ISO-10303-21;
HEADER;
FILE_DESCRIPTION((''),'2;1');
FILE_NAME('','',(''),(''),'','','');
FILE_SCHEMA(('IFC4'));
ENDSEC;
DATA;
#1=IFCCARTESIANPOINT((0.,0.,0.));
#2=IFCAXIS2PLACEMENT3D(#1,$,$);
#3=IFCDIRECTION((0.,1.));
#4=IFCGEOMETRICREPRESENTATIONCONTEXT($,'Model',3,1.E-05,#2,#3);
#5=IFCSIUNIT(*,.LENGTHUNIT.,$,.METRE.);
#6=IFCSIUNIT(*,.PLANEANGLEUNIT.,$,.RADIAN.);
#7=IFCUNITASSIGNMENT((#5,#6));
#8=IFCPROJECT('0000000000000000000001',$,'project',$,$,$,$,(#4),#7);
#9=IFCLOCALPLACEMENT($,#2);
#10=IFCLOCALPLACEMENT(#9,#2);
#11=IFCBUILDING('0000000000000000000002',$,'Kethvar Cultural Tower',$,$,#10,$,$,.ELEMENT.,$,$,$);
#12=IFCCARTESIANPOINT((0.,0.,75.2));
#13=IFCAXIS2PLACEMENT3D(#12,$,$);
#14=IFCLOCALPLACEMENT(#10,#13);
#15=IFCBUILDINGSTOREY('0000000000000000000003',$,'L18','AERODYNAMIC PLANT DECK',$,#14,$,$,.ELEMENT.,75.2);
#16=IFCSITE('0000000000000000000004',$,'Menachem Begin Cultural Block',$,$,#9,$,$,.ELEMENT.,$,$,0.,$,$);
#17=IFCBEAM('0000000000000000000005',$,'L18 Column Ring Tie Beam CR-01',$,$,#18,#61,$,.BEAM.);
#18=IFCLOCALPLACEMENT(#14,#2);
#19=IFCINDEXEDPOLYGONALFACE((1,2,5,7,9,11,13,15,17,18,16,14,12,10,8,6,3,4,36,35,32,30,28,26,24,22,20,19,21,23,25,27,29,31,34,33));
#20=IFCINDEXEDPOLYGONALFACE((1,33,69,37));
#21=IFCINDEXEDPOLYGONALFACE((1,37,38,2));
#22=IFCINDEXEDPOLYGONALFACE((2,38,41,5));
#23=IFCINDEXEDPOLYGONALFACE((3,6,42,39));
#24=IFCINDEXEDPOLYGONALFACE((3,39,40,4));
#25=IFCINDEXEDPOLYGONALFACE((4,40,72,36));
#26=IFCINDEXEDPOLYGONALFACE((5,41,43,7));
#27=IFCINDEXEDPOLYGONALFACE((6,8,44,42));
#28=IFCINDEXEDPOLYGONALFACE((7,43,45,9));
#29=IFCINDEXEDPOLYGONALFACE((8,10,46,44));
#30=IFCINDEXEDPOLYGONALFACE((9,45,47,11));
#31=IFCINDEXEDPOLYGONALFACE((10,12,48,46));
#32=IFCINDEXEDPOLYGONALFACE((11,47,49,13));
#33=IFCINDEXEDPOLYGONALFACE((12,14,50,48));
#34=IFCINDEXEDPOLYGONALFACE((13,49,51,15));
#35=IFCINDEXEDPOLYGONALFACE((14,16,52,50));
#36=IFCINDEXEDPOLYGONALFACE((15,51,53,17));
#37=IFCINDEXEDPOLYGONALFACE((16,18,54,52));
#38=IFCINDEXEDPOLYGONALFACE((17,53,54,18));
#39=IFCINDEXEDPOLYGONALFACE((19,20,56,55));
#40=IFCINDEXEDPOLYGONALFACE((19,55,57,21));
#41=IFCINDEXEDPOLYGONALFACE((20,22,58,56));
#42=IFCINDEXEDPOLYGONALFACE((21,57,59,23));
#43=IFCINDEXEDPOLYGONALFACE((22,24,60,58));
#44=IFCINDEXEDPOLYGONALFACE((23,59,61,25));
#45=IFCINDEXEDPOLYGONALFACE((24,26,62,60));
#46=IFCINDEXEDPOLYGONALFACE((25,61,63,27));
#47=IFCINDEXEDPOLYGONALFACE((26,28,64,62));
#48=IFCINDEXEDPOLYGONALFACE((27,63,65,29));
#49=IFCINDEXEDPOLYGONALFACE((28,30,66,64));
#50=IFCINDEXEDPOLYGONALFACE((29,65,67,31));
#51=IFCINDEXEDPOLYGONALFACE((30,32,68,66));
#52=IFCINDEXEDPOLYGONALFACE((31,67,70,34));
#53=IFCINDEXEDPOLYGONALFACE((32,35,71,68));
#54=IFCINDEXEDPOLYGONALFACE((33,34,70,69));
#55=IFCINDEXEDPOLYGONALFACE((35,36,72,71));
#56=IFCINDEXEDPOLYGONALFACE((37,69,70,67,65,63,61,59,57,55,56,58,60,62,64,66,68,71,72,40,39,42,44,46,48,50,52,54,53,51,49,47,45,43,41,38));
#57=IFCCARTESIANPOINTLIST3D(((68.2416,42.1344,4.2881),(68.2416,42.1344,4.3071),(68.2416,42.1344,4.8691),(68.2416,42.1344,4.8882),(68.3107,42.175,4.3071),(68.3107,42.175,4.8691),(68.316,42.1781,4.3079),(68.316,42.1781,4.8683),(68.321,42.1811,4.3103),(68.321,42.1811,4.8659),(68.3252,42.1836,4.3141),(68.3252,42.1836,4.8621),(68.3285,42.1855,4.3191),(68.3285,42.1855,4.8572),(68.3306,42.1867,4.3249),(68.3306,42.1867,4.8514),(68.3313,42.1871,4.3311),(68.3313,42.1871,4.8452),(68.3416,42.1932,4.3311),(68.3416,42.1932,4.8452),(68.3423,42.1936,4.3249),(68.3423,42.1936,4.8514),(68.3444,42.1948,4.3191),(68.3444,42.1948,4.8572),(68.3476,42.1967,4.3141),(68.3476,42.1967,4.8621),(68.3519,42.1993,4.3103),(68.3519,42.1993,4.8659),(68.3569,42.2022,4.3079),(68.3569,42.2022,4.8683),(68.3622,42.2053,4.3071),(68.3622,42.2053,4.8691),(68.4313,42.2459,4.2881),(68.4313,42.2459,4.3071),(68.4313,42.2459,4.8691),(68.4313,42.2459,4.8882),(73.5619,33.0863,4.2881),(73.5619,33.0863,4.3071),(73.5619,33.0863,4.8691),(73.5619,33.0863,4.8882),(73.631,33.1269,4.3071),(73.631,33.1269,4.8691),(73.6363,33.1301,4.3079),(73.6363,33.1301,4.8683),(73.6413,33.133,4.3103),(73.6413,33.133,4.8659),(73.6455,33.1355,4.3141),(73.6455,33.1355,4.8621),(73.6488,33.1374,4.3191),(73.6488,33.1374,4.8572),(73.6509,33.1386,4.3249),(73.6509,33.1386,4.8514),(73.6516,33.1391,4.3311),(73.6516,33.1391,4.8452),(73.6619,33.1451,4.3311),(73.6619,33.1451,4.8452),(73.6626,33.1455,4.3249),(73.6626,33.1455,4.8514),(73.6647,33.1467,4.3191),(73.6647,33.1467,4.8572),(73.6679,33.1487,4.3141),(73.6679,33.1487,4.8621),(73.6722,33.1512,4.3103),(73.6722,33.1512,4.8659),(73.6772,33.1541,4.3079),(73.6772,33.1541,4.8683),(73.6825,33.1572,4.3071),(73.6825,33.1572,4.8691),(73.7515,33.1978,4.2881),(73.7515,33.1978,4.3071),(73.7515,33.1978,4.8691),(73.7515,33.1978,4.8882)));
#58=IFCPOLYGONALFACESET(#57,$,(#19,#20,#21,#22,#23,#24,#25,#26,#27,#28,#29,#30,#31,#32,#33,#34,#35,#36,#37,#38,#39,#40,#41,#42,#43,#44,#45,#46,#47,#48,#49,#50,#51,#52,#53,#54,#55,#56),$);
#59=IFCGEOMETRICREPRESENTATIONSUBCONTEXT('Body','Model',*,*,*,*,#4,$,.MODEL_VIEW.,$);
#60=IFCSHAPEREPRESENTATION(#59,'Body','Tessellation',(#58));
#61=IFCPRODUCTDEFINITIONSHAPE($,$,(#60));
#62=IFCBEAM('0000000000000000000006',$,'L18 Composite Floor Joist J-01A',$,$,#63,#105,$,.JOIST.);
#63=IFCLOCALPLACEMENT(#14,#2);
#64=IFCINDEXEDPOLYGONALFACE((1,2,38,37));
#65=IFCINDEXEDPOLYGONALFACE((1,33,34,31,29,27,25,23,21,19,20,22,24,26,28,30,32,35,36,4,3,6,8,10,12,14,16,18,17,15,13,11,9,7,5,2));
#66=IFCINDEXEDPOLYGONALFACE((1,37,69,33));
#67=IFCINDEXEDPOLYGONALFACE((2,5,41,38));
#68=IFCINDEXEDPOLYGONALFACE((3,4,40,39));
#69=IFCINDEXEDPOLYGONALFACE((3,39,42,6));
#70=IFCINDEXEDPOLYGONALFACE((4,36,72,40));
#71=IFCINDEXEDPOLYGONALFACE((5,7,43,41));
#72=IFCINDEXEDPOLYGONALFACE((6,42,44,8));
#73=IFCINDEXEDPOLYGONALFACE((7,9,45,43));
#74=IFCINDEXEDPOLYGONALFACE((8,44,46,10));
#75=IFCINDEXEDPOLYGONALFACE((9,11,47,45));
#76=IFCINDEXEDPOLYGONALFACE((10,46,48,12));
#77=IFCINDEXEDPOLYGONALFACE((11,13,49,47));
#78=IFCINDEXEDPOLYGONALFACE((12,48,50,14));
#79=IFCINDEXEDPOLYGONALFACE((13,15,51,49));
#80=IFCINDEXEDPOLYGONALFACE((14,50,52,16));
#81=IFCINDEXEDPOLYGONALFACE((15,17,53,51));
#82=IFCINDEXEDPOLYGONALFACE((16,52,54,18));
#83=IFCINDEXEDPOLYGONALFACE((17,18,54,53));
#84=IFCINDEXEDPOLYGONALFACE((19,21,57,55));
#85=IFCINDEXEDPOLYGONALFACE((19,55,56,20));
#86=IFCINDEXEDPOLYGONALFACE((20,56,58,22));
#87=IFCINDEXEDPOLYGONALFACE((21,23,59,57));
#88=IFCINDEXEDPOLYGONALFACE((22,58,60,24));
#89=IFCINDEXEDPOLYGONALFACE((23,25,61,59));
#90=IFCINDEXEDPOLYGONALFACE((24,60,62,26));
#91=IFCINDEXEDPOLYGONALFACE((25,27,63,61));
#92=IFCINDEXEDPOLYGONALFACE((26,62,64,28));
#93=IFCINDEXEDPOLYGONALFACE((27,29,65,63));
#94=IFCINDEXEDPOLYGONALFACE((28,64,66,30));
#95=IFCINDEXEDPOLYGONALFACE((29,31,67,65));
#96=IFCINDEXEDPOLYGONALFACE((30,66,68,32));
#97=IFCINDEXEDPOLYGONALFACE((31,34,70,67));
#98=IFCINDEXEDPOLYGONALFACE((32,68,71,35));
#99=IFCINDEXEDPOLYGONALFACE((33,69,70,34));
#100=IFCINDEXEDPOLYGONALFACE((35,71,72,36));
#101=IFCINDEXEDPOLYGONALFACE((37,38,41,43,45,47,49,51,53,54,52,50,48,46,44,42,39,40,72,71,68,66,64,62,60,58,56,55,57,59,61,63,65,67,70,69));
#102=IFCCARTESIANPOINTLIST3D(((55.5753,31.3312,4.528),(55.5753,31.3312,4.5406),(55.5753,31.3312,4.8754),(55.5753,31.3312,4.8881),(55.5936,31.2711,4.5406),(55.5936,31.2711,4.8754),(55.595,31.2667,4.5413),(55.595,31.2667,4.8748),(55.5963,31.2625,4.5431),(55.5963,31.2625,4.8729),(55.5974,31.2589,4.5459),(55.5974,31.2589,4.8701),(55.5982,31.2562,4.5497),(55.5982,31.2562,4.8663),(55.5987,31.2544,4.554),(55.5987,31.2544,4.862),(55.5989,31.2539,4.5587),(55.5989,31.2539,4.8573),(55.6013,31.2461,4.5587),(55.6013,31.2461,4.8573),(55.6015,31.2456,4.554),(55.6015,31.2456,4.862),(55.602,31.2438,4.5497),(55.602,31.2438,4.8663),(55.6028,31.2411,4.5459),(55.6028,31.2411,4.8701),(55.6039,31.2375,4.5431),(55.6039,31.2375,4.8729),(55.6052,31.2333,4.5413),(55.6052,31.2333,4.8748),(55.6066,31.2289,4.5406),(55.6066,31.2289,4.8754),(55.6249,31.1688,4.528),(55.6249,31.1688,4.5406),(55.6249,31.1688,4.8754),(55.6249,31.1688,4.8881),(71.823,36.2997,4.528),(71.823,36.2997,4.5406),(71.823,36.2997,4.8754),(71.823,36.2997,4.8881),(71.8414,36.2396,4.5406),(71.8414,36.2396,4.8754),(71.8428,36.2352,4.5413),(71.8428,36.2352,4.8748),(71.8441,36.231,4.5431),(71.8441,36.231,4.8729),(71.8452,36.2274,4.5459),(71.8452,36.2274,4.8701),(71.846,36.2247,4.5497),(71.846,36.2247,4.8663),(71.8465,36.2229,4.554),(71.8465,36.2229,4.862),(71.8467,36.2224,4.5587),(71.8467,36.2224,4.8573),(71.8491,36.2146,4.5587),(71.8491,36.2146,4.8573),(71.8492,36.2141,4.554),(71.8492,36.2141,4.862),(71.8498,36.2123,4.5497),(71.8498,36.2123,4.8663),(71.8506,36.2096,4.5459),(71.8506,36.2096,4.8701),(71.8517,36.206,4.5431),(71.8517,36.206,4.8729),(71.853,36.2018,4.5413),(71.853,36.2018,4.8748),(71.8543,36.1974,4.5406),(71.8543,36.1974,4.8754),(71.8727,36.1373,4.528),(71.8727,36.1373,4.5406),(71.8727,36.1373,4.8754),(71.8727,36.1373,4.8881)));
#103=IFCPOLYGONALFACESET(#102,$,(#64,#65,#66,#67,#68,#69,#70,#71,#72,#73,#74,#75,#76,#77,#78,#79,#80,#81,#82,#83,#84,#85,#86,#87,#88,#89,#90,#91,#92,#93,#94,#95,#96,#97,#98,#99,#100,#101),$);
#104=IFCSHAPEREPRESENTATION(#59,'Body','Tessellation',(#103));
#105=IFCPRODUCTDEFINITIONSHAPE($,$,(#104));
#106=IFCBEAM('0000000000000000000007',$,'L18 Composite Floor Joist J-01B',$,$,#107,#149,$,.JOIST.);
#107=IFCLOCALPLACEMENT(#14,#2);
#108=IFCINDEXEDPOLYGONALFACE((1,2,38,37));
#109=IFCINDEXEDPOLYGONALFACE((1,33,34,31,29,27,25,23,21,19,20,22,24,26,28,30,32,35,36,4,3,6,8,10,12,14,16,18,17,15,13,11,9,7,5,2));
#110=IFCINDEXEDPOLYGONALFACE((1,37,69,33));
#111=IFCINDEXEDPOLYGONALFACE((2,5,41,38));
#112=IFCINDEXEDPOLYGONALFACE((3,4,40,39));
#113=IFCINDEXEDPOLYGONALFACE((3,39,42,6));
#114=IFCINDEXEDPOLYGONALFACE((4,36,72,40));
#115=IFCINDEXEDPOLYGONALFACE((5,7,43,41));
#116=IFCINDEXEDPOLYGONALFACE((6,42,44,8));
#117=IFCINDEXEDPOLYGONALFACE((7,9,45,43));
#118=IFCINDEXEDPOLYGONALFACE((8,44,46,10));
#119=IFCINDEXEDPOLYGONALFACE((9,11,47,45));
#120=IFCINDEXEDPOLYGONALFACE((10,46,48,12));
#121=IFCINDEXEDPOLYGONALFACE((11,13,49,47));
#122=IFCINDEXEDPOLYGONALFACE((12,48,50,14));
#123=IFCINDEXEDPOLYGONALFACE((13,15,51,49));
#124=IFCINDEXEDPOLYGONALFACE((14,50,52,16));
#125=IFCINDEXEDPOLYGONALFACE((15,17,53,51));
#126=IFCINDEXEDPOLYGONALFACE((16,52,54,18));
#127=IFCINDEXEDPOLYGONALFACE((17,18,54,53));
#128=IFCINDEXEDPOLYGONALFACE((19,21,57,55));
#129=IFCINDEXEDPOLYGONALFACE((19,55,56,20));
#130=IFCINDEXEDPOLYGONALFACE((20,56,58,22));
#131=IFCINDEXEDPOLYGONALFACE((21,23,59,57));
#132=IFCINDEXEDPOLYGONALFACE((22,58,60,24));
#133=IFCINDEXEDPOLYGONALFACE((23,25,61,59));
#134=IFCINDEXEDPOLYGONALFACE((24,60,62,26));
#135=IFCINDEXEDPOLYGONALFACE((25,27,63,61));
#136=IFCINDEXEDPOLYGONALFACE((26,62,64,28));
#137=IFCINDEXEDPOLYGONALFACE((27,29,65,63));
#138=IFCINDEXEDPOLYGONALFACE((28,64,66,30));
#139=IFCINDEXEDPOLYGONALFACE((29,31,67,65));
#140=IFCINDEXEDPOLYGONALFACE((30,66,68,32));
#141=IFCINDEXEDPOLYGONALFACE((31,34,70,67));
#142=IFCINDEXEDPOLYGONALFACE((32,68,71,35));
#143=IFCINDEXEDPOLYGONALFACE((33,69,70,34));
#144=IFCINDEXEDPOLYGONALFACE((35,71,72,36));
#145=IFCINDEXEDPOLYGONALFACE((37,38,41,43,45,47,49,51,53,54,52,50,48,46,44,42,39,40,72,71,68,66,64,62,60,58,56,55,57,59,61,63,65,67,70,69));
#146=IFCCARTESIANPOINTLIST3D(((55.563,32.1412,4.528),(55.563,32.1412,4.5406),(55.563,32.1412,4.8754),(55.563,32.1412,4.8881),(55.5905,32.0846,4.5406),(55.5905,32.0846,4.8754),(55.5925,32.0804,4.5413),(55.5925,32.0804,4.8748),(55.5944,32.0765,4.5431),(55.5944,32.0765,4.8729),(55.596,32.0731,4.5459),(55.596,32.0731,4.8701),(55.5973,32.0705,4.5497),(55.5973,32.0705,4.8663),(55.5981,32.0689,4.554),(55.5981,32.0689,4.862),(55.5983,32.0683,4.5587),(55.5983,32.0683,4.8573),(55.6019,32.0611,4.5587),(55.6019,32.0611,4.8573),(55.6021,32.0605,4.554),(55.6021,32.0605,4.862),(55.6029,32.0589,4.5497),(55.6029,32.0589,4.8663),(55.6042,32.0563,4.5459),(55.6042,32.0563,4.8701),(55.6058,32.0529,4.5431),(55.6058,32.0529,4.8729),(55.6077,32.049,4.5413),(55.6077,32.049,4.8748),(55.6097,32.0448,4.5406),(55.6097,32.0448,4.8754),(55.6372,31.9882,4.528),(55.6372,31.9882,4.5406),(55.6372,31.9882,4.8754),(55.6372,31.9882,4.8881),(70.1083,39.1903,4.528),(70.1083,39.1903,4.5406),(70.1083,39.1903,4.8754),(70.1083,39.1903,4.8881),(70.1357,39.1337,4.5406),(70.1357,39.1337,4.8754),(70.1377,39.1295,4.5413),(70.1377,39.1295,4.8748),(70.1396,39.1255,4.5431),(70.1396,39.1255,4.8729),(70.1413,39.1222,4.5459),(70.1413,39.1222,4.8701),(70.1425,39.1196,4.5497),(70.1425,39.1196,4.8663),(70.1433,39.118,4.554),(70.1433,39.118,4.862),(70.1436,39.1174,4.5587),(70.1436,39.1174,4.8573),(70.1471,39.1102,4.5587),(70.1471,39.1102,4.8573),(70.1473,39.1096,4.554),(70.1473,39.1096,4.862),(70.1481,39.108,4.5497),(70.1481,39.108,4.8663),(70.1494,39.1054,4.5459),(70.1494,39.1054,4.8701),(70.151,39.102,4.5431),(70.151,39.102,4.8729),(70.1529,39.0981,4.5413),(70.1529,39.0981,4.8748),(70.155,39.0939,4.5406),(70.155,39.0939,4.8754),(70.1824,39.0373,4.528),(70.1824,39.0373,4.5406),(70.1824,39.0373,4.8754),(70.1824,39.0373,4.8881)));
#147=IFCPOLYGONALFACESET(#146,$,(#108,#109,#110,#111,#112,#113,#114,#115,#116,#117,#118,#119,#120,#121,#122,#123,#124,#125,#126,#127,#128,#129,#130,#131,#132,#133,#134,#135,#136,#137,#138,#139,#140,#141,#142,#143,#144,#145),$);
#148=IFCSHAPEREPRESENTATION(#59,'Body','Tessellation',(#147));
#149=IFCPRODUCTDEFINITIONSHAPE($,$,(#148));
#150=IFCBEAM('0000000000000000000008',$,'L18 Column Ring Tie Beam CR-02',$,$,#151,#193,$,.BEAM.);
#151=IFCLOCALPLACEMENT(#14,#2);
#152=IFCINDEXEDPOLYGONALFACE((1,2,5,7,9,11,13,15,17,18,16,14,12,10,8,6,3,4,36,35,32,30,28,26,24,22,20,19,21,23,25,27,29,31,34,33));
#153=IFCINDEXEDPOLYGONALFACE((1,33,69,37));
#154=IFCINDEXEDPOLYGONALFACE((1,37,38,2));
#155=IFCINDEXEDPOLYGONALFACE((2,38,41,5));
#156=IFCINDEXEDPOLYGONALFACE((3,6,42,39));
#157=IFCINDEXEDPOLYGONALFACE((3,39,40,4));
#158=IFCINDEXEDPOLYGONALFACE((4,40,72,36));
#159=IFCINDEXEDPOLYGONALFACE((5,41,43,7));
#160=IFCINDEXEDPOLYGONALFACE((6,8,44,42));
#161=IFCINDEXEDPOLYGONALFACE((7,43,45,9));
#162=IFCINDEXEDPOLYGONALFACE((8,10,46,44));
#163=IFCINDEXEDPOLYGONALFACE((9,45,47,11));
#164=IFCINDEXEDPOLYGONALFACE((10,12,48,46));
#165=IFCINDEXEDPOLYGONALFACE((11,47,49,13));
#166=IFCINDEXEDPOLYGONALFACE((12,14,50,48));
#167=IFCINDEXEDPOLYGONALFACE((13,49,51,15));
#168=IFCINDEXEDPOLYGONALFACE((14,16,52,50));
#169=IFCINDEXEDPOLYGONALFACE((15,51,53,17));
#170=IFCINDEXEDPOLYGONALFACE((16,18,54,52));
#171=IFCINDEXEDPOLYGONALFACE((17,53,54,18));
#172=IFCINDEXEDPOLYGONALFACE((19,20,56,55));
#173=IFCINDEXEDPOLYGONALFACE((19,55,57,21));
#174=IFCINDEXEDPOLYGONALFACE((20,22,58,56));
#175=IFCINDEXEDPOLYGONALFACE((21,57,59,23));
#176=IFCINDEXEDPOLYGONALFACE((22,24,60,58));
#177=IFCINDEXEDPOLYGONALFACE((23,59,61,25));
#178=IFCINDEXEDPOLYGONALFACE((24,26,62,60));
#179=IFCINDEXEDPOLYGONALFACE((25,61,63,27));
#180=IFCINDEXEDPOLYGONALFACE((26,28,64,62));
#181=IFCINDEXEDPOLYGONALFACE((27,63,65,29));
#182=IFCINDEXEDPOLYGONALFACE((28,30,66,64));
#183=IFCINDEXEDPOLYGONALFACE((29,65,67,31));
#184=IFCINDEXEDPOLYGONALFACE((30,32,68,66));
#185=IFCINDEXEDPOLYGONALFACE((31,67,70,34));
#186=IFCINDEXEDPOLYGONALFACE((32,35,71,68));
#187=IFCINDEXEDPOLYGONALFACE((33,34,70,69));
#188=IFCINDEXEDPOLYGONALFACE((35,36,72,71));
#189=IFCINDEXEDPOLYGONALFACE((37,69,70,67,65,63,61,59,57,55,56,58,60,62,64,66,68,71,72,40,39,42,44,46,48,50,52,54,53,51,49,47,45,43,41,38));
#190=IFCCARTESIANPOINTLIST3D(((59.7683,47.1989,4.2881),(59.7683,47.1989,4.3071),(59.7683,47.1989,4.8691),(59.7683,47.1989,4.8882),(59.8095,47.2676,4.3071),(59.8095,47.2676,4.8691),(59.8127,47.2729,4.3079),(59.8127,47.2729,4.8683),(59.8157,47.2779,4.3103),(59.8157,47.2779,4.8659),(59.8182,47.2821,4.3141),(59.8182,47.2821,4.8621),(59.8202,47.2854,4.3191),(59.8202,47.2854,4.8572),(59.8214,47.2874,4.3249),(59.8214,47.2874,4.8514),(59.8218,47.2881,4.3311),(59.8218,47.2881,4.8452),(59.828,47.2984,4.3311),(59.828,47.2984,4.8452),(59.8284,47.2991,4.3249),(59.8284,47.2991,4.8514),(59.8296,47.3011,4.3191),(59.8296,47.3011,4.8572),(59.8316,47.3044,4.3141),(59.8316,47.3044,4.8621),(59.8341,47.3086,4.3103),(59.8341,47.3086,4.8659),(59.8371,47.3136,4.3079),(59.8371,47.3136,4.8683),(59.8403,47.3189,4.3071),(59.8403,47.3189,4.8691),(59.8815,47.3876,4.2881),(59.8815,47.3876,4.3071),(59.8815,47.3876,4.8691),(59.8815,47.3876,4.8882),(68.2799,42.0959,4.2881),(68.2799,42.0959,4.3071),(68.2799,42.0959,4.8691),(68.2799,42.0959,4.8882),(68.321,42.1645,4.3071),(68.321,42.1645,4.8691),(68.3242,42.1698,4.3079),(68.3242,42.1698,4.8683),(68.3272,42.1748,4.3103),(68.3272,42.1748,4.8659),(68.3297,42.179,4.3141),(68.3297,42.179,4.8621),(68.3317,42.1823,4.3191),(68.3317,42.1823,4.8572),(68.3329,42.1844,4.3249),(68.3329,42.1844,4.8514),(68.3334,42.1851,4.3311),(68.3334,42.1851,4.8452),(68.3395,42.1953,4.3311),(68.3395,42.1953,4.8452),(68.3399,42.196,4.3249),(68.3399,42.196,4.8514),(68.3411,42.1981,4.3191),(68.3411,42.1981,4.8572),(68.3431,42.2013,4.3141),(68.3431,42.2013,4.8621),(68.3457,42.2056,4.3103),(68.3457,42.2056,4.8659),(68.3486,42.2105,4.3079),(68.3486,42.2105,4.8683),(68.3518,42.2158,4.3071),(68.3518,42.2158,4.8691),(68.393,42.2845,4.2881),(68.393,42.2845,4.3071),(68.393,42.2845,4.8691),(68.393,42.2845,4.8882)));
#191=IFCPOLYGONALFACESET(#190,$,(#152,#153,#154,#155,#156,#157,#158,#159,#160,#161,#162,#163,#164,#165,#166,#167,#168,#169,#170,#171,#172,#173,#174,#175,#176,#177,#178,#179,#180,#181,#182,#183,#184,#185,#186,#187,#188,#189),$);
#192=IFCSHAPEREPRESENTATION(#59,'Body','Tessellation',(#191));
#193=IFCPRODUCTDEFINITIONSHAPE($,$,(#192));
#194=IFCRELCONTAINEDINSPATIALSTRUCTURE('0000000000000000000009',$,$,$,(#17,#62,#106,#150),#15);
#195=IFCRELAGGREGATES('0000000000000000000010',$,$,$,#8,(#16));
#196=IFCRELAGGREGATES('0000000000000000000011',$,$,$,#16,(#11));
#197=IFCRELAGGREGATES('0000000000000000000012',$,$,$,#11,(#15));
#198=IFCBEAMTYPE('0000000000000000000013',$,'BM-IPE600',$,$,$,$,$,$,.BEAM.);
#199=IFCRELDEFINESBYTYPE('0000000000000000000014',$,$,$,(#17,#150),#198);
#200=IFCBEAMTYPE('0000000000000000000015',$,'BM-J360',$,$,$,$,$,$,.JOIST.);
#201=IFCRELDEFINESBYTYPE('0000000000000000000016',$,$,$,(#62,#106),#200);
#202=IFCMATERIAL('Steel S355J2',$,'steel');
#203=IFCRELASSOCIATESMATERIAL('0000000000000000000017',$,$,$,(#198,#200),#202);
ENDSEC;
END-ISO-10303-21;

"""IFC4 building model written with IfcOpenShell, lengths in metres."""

from ifc_helpers import new_model, si_unit, direction, frame, origin, origin_2d, place, context, subcontext, project, spatial, i_section, extrude, source, transform, mapped, material, material_profile, profile_set, type_object, element, save


model = new_model("IFC4")

# Units and contexts
model_context = context("Model", 3, precision=1e-05, world=origin(), true_north=direction((0.0, 1.0)))
body_context = subcontext(model_context, "Body", "Model", "MODEL_VIEW")
ifc_project = project(units=[si_unit("LENGTHUNIT", "METRE"), si_unit("PLANEANGLEUNIT", "RADIAN")], contexts=[model_context])

# Site, building, storey
site_placement = place(None, origin())
site = spatial("IfcSite", under=ifc_project, at=site_placement, Name="Menachem Begin Cultural Block", CompositionType="ELEMENT", RefElevation=0.0)
building_placement = place(site_placement, origin())
building = spatial("IfcBuilding", under=site, at=building_placement, Name="Kethvar Cultural Tower", CompositionType="ELEMENT")
storey_placement = place(building_placement, frame((0.0, 0.0, 75.2)))
storey = spatial("IfcBuildingStorey", under=building, at=storey_placement, Name="L18", Description="AERODYNAMIC PLANT DECK", CompositionType="ELEMENT", Elevation=75.2)

# Beams
ifc_material_1 = material(Name="Steel S355J2", Category="steel")
ifc_material_profile_1 = material_profile(ifc_material_1, i_section(OverallWidth=0.22, OverallDepth=0.6001, WebThickness=0.012, FlangeThickness=0.019, FilletRadius=0.0239, at=origin_2d()), Name="Steel S355J2 — IPE600")
ifc_profile_set_1 = profile_set([ifc_material_profile_1], Name="Steel S355J2 — IPE600")
beam_type_1 = type_object("IfcBeamType", Name="BM-IPE600", PredefinedType="BEAM", material=ifc_profile_set_1)
shared_shape_1 = source(origin(), body_context, "Body", "SweptSolid", [
    extrude(i_section(OverallWidth=0.22, OverallDepth=0.6001, WebThickness=0.012, FlangeThickness=0.019, FilletRadius=0.0239, at=origin_2d()), origin(), (0.0, 0.0, 1.0), 10.4963),
])
beam_1_placement = place(storey_placement, frame((73.6567, 33.1421, 4.5881), z_axis=(-0.506872, 0.862022, 0.0), x_axis=(-0.862022, -0.506872, 0.0)))
element("IfcBeam", 1, at=beam_1_placement, inside=storey, type_object=beam_type_1, Name="L18 Column Ring Tie Beam CR-01", PredefinedType="BEAM", context=body_context, shape_type="MappedRepresentation", body=[
    mapped(shared_shape_1, transform((0.0, 0.0, 0.0), scale=1.0)),
])
ifc_material_profile_2 = material_profile(ifc_material_1, i_section(OverallWidth=0.1699, OverallDepth=0.3601, WebThickness=0.0081, FlangeThickness=0.0127, FilletRadius=0.0181, at=origin_2d()), Name="Steel S355J2 — IPE360")
ifc_profile_set_2 = profile_set([ifc_material_profile_2], Name="Steel S355J2 — IPE360")
beam_type_2 = type_object("IfcBeamType", Name="BM-J360", PredefinedType="JOIST", material=ifc_profile_set_2)
shared_shape_2 = source(origin(), body_context, "Body", "SweptSolid", [
    extrude(i_section(OverallWidth=0.1699, OverallDepth=0.3601, WebThickness=0.0081, FlangeThickness=0.0127, FilletRadius=0.0181, at=origin_2d()), origin(), (0.0, 0.0, 1.0), 16.9905),
])
beam_2_placement = place(storey_placement, frame((55.6001, 31.25, 4.708), z_axis=(0.956287, 0.292428, 0.0), x_axis=(-0.292428, 0.956287, 0.0)))
element("IfcBeam", 2, at=beam_2_placement, inside=storey, type_object=beam_type_2, Name="L18 Composite Floor Joist J-01A", PredefinedType="JOIST", context=body_context, shape_type="MappedRepresentation", body=[
    mapped(shared_shape_2, transform((0.0, 0.0, 0.0), scale=1.0)),
])
shared_shape_3 = source(origin(), body_context, "Body", "SweptSolid", [
    extrude(i_section(OverallWidth=0.1699, OverallDepth=0.3601, WebThickness=0.0081, FlangeThickness=0.0127, FilletRadius=0.0181, at=origin_2d()), origin(), (0.0, 0.0, 1.0), 16.1633),
])
beam_3_placement = place(storey_placement, frame((55.6001, 32.0647, 4.708), z_axis=(0.89989, 0.436117, 0.0), x_axis=(-0.436117, 0.89989, 0.0)))
element("IfcBeam", 3, at=beam_3_placement, inside=storey, type_object=beam_type_2, Name="L18 Composite Floor Joist J-01B", PredefinedType="JOIST", context=body_context, shape_type="MappedRepresentation", body=[
    mapped(shared_shape_3, transform((0.0, 0.0, 0.0), scale=1.0)),
])
shared_shape_4 = source(origin(), body_context, "Body", "SweptSolid", [
    extrude(i_section(OverallWidth=0.22, OverallDepth=0.6001, WebThickness=0.012, FlangeThickness=0.019, FilletRadius=0.0239, at=origin_2d()), origin(), (0.0, 0.0, 1.0), 9.9241),
])
beam_4_placement = place(storey_placement, frame((68.3364, 42.1902, 4.5881), z_axis=(-0.857664, 0.51421, 0.0), x_axis=(-0.51421, -0.857664, 0.0)))
element("IfcBeam", 4, at=beam_4_placement, inside=storey, type_object=beam_type_1, Name="L18 Column Ring Tie Beam CR-02", PredefinedType="BEAM", context=body_context, shape_type="MappedRepresentation", body=[
    mapped(shared_shape_4, transform((0.0, 0.0, 0.0), scale=1.0)),
])

save(model, "model.ifc")
